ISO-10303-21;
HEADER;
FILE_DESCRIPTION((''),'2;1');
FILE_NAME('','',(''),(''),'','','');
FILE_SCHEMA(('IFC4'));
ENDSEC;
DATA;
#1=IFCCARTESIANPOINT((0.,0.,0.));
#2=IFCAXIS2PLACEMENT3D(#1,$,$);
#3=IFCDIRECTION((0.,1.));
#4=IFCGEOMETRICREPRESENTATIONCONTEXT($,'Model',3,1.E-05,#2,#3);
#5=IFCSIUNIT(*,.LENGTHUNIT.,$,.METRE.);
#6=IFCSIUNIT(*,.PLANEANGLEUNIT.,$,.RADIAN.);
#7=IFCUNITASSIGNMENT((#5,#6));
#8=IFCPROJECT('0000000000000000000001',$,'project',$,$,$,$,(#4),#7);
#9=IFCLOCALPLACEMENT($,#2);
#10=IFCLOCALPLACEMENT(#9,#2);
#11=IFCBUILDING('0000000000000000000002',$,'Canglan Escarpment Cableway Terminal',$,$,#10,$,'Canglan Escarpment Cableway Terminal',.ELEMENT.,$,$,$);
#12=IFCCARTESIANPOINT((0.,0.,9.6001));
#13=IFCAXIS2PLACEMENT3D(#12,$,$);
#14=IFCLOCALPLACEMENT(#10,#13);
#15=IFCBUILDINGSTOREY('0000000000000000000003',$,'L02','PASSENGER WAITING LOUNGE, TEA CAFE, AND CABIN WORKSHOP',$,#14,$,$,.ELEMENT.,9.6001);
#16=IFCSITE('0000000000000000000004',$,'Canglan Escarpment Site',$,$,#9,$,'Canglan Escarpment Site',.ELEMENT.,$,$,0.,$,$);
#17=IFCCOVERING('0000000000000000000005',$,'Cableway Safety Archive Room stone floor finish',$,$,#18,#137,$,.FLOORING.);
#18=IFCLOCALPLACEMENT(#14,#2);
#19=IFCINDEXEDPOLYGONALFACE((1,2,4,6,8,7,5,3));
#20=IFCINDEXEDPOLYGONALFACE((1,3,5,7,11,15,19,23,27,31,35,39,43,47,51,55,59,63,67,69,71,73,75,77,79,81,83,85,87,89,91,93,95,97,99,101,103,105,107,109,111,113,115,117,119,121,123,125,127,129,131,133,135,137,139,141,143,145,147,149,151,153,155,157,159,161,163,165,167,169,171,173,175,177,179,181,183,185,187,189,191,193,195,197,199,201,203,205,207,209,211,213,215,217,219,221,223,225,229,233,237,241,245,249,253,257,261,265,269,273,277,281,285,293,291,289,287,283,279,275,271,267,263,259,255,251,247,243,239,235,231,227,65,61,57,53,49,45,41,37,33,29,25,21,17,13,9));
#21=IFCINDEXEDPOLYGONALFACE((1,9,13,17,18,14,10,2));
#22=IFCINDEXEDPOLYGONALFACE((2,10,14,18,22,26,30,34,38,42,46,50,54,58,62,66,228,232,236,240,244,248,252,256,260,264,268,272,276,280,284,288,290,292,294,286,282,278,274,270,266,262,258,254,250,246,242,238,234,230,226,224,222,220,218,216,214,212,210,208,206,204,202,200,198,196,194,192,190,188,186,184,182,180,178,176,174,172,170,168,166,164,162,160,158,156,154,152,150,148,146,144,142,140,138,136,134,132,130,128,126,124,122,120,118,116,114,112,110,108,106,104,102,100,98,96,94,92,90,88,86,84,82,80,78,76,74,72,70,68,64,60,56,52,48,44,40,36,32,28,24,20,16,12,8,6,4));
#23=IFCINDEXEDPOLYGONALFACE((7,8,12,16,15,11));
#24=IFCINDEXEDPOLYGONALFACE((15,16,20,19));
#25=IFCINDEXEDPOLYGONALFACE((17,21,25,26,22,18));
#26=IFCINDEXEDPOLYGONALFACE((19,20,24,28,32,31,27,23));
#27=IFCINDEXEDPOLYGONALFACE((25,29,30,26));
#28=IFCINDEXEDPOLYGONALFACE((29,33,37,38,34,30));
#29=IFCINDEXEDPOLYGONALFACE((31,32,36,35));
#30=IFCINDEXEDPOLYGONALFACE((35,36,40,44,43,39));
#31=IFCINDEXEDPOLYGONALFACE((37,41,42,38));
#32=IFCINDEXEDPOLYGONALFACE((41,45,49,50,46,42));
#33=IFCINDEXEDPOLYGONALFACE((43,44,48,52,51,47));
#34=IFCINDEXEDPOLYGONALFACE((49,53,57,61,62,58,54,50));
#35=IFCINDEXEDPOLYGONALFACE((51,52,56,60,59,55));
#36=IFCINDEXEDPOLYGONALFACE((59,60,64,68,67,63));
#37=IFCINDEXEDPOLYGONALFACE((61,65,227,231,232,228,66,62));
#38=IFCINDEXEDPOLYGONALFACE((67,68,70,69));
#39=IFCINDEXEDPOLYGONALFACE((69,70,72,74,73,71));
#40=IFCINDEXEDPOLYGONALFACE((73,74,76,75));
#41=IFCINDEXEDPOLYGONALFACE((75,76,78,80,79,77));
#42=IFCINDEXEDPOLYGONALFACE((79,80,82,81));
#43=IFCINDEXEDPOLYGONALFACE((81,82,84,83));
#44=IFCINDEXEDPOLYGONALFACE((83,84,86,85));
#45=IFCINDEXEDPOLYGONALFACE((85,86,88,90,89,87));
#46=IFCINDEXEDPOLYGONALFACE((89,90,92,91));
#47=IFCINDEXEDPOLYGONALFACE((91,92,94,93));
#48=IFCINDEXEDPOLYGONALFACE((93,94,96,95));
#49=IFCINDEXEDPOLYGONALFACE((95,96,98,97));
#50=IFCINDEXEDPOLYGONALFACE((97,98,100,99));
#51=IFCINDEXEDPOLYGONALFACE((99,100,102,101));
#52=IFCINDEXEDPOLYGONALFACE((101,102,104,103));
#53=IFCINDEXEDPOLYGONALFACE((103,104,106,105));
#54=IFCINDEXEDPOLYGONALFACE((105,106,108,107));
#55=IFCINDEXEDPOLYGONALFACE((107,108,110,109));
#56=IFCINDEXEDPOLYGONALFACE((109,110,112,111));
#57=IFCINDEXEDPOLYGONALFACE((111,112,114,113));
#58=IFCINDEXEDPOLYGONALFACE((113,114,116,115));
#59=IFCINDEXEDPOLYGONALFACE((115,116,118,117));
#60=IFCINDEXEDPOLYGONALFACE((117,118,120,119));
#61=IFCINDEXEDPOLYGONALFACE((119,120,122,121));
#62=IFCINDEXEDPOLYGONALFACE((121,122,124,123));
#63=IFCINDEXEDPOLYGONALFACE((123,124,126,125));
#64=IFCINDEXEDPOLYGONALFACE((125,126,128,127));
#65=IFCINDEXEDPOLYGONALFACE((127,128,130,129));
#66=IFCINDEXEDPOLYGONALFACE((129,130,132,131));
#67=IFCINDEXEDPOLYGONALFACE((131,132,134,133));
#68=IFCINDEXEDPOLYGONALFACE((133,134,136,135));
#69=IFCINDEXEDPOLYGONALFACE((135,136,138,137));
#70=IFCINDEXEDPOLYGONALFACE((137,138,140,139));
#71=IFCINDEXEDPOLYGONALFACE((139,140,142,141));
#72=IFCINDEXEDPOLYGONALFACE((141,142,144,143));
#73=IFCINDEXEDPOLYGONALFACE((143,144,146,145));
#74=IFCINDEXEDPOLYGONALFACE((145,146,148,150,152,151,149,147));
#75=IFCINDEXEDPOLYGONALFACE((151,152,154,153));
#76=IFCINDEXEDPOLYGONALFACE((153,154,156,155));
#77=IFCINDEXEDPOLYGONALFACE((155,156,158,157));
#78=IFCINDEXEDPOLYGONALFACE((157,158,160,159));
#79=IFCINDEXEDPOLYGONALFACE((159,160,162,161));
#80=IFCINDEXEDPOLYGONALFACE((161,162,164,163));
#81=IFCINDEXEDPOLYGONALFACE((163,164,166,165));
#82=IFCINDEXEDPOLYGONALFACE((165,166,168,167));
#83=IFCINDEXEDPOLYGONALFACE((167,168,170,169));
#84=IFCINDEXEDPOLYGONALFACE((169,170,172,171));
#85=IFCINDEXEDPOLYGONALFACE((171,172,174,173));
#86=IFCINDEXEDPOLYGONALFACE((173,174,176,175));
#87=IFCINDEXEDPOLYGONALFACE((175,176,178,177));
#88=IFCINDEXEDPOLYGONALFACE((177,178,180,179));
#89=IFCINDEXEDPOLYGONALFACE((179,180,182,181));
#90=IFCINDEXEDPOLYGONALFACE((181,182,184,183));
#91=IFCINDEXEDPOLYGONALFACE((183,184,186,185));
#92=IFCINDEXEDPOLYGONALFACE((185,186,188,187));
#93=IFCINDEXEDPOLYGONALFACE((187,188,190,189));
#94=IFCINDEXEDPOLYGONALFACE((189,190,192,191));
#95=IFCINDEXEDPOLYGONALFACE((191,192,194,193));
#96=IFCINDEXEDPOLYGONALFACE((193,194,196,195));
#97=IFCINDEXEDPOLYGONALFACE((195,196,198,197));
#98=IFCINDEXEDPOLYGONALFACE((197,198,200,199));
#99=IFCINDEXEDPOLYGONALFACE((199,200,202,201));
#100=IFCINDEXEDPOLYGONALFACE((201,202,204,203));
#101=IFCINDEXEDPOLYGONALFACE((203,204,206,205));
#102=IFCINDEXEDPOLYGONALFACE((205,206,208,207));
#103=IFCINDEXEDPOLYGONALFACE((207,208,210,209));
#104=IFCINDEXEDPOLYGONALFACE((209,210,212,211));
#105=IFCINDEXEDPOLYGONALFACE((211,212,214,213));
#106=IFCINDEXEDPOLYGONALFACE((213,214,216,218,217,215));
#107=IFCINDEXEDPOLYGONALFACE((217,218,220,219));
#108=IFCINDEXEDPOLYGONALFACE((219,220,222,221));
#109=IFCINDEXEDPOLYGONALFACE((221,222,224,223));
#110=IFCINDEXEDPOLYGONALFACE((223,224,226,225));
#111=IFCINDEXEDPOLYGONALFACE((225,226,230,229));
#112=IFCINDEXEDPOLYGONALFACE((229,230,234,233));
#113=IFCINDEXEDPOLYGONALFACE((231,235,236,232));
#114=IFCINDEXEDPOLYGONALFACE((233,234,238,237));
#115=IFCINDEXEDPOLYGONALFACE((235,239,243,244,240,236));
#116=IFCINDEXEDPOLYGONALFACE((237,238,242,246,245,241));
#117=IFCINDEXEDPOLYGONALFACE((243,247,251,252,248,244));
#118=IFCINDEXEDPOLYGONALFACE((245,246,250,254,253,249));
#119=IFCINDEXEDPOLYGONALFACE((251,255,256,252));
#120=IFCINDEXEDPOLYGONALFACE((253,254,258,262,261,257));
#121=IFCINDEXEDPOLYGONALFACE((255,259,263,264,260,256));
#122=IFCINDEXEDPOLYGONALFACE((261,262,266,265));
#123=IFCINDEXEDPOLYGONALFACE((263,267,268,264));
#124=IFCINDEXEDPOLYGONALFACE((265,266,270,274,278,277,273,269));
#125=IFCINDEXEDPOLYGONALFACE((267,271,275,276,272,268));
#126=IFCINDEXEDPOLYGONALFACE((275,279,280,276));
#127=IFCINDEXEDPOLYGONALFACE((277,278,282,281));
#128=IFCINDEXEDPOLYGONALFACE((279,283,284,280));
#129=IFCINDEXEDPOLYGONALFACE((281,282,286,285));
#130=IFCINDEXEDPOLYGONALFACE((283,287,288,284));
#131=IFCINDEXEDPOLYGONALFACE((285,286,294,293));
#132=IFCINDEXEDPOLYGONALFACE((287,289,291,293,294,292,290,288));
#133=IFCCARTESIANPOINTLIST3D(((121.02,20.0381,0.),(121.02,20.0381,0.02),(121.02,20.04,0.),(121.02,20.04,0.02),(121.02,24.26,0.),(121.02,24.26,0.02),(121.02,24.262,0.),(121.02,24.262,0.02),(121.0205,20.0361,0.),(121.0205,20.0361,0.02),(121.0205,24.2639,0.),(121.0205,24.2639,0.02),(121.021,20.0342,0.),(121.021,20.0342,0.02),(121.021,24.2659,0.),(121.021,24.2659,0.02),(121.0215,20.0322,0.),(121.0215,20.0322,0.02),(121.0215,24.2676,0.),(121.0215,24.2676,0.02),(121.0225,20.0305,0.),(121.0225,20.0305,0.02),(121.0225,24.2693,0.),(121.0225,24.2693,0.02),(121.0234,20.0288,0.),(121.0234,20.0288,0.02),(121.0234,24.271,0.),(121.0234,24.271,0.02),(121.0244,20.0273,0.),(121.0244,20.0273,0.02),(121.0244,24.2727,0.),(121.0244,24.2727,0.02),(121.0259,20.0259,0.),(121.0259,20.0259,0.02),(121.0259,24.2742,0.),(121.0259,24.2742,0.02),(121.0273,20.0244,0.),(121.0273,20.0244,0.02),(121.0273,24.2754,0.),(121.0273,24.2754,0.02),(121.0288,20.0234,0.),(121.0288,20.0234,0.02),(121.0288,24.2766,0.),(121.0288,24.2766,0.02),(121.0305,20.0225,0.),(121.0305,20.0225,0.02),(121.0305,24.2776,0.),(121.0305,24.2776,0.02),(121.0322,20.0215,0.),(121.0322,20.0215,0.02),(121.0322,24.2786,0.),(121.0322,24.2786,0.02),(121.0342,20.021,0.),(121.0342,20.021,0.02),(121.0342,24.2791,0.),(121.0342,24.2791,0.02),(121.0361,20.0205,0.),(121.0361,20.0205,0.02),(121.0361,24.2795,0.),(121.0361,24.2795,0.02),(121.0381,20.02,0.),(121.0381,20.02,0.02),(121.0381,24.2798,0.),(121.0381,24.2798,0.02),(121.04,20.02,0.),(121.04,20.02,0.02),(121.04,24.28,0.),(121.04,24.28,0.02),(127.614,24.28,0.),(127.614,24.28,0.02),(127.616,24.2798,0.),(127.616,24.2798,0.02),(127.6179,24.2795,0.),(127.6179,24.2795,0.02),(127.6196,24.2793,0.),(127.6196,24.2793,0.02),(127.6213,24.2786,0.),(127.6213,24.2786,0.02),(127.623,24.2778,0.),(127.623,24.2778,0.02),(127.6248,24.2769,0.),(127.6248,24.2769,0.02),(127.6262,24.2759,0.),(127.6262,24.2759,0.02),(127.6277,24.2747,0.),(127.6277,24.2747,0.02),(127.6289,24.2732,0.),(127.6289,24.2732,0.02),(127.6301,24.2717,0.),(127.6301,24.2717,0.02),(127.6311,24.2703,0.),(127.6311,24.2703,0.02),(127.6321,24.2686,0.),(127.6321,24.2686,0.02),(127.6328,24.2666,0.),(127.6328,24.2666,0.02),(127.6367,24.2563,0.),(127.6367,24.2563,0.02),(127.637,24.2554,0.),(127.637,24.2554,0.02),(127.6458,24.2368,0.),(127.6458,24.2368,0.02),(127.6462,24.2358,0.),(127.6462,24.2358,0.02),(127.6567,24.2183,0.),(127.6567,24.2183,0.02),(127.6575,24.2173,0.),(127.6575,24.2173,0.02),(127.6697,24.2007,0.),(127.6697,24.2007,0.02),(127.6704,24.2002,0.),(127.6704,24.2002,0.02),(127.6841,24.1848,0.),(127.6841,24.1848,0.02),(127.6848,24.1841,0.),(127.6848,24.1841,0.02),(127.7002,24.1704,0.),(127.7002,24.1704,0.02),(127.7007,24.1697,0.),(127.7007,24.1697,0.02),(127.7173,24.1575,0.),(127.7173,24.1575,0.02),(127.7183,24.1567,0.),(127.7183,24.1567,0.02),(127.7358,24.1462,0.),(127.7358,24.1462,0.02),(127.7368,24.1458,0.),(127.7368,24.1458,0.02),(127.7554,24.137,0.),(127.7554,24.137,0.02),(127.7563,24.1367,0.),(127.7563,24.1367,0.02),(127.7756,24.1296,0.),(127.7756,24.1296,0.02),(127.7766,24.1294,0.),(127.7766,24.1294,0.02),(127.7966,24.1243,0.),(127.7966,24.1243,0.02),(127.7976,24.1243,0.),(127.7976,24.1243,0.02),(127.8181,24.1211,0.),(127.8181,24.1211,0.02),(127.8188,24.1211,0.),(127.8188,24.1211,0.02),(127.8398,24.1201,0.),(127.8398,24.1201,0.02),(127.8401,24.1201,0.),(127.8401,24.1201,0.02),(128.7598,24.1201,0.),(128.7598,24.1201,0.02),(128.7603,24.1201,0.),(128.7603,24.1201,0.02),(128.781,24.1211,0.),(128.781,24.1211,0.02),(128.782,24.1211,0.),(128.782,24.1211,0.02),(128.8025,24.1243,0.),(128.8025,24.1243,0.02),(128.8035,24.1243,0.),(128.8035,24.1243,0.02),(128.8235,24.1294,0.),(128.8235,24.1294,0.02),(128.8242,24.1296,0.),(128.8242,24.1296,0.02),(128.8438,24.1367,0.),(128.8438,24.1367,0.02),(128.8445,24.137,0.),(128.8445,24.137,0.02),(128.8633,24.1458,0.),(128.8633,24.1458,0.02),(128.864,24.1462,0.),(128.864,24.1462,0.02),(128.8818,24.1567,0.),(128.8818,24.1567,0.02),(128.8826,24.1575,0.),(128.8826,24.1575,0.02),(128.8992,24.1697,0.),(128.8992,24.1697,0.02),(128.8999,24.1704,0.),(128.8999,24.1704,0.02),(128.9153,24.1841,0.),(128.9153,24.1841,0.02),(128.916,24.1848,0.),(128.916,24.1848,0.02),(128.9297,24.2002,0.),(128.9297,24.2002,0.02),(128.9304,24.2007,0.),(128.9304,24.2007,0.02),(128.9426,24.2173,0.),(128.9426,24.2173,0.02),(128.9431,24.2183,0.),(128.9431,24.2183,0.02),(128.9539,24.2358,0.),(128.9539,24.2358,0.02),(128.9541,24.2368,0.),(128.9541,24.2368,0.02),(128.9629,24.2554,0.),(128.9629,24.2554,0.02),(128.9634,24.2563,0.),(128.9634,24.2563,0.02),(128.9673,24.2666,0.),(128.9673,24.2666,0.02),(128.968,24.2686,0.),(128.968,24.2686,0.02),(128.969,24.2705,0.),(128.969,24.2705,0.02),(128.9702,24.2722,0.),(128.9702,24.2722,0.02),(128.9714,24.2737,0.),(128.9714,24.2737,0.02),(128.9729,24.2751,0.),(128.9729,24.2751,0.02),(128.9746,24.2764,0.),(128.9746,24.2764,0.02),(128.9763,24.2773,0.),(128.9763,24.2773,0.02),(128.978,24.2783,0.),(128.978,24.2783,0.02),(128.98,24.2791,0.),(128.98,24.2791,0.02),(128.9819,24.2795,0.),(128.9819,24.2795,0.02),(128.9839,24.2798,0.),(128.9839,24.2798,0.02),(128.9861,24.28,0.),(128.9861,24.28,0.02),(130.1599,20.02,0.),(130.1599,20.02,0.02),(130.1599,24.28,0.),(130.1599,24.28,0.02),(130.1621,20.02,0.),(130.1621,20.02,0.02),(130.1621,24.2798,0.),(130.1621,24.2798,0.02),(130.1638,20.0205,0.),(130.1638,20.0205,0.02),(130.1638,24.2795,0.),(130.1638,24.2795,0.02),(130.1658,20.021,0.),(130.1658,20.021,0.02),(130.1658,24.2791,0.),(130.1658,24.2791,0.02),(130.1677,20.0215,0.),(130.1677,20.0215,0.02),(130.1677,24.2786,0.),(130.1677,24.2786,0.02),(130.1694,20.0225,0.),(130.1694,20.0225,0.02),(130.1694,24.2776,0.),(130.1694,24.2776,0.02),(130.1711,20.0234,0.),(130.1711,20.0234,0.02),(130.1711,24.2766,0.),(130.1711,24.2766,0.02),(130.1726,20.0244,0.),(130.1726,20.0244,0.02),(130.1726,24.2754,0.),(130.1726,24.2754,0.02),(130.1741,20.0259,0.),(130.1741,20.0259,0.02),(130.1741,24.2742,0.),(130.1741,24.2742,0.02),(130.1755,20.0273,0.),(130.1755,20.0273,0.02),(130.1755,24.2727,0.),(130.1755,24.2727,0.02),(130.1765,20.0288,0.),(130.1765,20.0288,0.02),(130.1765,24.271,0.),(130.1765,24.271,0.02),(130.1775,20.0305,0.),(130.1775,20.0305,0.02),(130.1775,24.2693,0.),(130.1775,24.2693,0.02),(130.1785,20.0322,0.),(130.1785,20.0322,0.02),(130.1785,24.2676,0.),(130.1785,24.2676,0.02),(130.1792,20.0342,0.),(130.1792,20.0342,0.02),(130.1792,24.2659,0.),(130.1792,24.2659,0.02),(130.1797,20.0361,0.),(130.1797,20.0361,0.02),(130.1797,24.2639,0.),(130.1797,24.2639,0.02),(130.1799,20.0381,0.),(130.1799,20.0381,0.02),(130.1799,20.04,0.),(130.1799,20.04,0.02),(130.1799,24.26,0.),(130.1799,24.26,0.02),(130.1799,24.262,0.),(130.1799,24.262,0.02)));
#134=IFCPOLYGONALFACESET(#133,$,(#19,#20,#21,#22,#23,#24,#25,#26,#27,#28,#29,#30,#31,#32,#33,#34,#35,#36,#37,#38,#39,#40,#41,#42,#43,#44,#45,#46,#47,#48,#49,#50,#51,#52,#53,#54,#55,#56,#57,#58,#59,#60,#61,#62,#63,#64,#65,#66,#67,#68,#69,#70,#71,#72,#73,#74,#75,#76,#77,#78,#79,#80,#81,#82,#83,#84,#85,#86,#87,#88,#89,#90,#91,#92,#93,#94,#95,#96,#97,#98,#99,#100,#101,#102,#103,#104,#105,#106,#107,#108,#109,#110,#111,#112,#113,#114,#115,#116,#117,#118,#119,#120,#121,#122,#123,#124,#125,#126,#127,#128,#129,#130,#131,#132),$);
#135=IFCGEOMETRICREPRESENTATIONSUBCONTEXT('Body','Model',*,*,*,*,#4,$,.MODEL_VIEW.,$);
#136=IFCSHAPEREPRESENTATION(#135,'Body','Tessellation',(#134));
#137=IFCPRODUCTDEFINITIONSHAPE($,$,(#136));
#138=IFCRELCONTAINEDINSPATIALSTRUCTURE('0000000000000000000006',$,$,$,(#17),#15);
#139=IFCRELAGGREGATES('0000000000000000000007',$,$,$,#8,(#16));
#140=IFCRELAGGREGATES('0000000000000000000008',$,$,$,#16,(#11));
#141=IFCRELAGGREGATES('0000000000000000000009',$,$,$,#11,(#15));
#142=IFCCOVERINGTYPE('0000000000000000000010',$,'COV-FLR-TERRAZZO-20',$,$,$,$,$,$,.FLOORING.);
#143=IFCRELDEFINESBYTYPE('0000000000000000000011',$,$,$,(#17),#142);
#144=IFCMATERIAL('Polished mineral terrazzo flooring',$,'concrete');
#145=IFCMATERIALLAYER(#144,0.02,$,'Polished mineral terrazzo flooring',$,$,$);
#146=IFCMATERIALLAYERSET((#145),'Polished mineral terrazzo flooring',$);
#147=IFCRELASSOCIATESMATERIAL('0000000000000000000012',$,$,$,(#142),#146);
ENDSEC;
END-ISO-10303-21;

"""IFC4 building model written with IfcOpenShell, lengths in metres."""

from ifc_helpers import new_model, si_unit, direction, frame, origin, place, context, subcontext, project, spatial, polyline, outline, extrude, material, layer, layer_set, type_object, element, save


model = new_model("IFC4")

# Units and contexts
model_context = context("Model", 3, precision=1e-05, world=origin(), true_north=direction((0.0, 1.0)))
body_context = subcontext(model_context, "Body", "Model", "MODEL_VIEW")
ifc_project = project(units=[si_unit("LENGTHUNIT", "METRE"), si_unit("PLANEANGLEUNIT", "RADIAN")], contexts=[model_context])

# Site, building, storey
site_placement = place(None, origin())
site = spatial("IfcSite", under=ifc_project, at=site_placement, Name="Canglan Escarpment Site", LongName="Canglan Escarpment Site", CompositionType="ELEMENT", RefElevation=0.0)
building_placement = place(site_placement, origin())
building = spatial("IfcBuilding", under=site, at=building_placement, Name="Canglan Escarpment Cableway Terminal", LongName="Canglan Escarpment Cableway Terminal", CompositionType="ELEMENT")
storey_placement = place(building_placement, frame((0.0, 0.0, 9.6001)))
storey = spatial("IfcBuildingStorey", under=building, at=storey_placement, Name="L02", Description="PASSENGER WAITING LOUNGE, TEA CAFE, AND CABIN WORKSHOP", CompositionType="ELEMENT", Elevation=9.6001)

# Covering
ifc_material_1 = material(Name="Polished mineral terrazzo flooring", Category="concrete")
ifc_layer_1 = layer(ifc_material_1, 0.02, Name="Polished mineral terrazzo flooring")
ifc_layer_set_1 = layer_set([ifc_layer_1], Name="Polished mineral terrazzo flooring")
covering_type_1 = type_object("IfcCoveringType", Name="COV-FLR-TERRAZZO-20", PredefinedType="FLOORING", material=ifc_layer_set_1)
covering_1_placement = place(storey_placement, origin())
element("IfcCovering", 1, at=covering_1_placement, inside=storey, type_object=covering_type_1, Name="Cableway Safety Archive Room stone floor finish", PredefinedType="FLOORING", context=body_context, shape_type="SweptSolid", body=[
    extrude(outline(polyline([(127.614, 24.28), (127.616, 24.2798), (127.6179, 24.2795), (127.6196, 24.2793), (127.6213, 24.2786), (127.623, 24.2778), (127.6248, 24.2769), (127.6262, 24.2759), (127.6277, 24.2747), (127.6289, 24.2732), (127.6301, 24.2717), (127.6311, 24.2703), (127.6321, 24.2686), (127.6328, 24.2666), (127.6367, 24.2563), (127.637, 24.2554), (127.6458, 24.2368), (127.6462, 24.2358), (127.6567, 24.2183), (127.6575, 24.2173), (127.6697, 24.2007), (127.6704, 24.2002), (127.6841, 24.1848), (127.6848, 24.1841), (127.7002, 24.1704), (127.7007, 24.1697), (127.7173, 24.1575), (127.7183, 24.1567), (127.7358, 24.1462), (127.7368, 24.1458), (127.7554, 24.137), (127.7563, 24.1367), (127.7756, 24.1296), (127.7766, 24.1294), (127.7966, 24.1243), (127.7976, 24.1243), (127.8181, 24.1211), (127.8188, 24.1211), (127.8398, 24.1201), (127.8401, 24.1201), (128.7598, 24.1201), (128.7603, 24.1201), (128.781, 24.1211), (128.782, 24.1211), (128.8025, 24.1243), (128.8035, 24.1243), (128.8235, 24.1294), (128.8242, 24.1296), (128.8438, 24.1367), (128.8445, 24.137), (128.8633, 24.1458), (128.864, 24.1462), (128.8818, 24.1567), (128.8826, 24.1575), (128.8992, 24.1697), (128.8999, 24.1704), (128.9153, 24.1841), (128.916, 24.1848), (128.9297, 24.2002), (128.9304, 24.2007), (128.9426, 24.2173), (128.9431, 24.2183), (128.9539, 24.2358), (128.9541, 24.2368), (128.9629, 24.2554), (128.9634, 24.2563), (128.9673, 24.2666), (128.968, 24.2686), (128.969, 24.2705), (128.9702, 24.2722), (128.9714, 24.2737), (128.9729, 24.2751), (128.9746, 24.2764), (128.9763, 24.2773), (128.978, 24.2783), (128.98, 24.2791), (128.9819, 24.2795), (128.9839, 24.2798), (128.9861, 24.28), (130.1599, 24.28), (130.1621, 24.2798), (130.1638, 24.2795), (130.1658, 24.2791), (130.1677, 24.2786), (130.1694, 24.2776), (130.1711, 24.2766), (130.1726, 24.2754), (130.1741, 24.2742), (130.1755, 24.2727), (130.1765, 24.271), (130.1775, 24.2693), (130.1785, 24.2676), (130.1792, 24.2659), (130.1797, 24.2639), (130.1799, 24.262), (130.1799, 24.26), (130.1799, 20.04), (130.1799, 20.0381), (130.1797, 20.0361), (130.1792, 20.0342), (130.1785, 20.0322), (130.1775, 20.0305), (130.1765, 20.0288), (130.1755, 20.0273), (130.1741, 20.0259), (130.1726, 20.0244), (130.1711, 20.0234), (130.1694, 20.0225), (130.1677, 20.0215), (130.1658, 20.021), (130.1638, 20.0205), (130.1621, 20.02), (130.1599, 20.02), (121.04, 20.02), (121.0381, 20.02), (121.0361, 20.0205), (121.0342, 20.021), (121.0322, 20.0215), (121.0305, 20.0225), (121.0288, 20.0234), (121.0273, 20.0244), (121.0259, 20.0259), (121.0244, 20.0273), (121.0234, 20.0288), (121.0225, 20.0305), (121.0215, 20.0322), (121.021, 20.0342), (121.0205, 20.0361), (121.02, 20.0381), (121.02, 20.04), (121.02, 24.26), (121.02, 24.262), (121.0205, 24.2639), (121.021, 24.2659), (121.0215, 24.2676), (121.0225, 24.2693), (121.0234, 24.271), (121.0244, 24.2727), (121.0259, 24.2742), (121.0273, 24.2754), (121.0288, 24.2766), (121.0305, 24.2776), (121.0322, 24.2786), (121.0342, 24.2791), (121.0361, 24.2795), (121.0381, 24.2798), (121.04, 24.28), (127.614, 24.28)])), origin(), (0.0, 0.0, 1.0), 0.02),
])

save(model, "model.ifc")
